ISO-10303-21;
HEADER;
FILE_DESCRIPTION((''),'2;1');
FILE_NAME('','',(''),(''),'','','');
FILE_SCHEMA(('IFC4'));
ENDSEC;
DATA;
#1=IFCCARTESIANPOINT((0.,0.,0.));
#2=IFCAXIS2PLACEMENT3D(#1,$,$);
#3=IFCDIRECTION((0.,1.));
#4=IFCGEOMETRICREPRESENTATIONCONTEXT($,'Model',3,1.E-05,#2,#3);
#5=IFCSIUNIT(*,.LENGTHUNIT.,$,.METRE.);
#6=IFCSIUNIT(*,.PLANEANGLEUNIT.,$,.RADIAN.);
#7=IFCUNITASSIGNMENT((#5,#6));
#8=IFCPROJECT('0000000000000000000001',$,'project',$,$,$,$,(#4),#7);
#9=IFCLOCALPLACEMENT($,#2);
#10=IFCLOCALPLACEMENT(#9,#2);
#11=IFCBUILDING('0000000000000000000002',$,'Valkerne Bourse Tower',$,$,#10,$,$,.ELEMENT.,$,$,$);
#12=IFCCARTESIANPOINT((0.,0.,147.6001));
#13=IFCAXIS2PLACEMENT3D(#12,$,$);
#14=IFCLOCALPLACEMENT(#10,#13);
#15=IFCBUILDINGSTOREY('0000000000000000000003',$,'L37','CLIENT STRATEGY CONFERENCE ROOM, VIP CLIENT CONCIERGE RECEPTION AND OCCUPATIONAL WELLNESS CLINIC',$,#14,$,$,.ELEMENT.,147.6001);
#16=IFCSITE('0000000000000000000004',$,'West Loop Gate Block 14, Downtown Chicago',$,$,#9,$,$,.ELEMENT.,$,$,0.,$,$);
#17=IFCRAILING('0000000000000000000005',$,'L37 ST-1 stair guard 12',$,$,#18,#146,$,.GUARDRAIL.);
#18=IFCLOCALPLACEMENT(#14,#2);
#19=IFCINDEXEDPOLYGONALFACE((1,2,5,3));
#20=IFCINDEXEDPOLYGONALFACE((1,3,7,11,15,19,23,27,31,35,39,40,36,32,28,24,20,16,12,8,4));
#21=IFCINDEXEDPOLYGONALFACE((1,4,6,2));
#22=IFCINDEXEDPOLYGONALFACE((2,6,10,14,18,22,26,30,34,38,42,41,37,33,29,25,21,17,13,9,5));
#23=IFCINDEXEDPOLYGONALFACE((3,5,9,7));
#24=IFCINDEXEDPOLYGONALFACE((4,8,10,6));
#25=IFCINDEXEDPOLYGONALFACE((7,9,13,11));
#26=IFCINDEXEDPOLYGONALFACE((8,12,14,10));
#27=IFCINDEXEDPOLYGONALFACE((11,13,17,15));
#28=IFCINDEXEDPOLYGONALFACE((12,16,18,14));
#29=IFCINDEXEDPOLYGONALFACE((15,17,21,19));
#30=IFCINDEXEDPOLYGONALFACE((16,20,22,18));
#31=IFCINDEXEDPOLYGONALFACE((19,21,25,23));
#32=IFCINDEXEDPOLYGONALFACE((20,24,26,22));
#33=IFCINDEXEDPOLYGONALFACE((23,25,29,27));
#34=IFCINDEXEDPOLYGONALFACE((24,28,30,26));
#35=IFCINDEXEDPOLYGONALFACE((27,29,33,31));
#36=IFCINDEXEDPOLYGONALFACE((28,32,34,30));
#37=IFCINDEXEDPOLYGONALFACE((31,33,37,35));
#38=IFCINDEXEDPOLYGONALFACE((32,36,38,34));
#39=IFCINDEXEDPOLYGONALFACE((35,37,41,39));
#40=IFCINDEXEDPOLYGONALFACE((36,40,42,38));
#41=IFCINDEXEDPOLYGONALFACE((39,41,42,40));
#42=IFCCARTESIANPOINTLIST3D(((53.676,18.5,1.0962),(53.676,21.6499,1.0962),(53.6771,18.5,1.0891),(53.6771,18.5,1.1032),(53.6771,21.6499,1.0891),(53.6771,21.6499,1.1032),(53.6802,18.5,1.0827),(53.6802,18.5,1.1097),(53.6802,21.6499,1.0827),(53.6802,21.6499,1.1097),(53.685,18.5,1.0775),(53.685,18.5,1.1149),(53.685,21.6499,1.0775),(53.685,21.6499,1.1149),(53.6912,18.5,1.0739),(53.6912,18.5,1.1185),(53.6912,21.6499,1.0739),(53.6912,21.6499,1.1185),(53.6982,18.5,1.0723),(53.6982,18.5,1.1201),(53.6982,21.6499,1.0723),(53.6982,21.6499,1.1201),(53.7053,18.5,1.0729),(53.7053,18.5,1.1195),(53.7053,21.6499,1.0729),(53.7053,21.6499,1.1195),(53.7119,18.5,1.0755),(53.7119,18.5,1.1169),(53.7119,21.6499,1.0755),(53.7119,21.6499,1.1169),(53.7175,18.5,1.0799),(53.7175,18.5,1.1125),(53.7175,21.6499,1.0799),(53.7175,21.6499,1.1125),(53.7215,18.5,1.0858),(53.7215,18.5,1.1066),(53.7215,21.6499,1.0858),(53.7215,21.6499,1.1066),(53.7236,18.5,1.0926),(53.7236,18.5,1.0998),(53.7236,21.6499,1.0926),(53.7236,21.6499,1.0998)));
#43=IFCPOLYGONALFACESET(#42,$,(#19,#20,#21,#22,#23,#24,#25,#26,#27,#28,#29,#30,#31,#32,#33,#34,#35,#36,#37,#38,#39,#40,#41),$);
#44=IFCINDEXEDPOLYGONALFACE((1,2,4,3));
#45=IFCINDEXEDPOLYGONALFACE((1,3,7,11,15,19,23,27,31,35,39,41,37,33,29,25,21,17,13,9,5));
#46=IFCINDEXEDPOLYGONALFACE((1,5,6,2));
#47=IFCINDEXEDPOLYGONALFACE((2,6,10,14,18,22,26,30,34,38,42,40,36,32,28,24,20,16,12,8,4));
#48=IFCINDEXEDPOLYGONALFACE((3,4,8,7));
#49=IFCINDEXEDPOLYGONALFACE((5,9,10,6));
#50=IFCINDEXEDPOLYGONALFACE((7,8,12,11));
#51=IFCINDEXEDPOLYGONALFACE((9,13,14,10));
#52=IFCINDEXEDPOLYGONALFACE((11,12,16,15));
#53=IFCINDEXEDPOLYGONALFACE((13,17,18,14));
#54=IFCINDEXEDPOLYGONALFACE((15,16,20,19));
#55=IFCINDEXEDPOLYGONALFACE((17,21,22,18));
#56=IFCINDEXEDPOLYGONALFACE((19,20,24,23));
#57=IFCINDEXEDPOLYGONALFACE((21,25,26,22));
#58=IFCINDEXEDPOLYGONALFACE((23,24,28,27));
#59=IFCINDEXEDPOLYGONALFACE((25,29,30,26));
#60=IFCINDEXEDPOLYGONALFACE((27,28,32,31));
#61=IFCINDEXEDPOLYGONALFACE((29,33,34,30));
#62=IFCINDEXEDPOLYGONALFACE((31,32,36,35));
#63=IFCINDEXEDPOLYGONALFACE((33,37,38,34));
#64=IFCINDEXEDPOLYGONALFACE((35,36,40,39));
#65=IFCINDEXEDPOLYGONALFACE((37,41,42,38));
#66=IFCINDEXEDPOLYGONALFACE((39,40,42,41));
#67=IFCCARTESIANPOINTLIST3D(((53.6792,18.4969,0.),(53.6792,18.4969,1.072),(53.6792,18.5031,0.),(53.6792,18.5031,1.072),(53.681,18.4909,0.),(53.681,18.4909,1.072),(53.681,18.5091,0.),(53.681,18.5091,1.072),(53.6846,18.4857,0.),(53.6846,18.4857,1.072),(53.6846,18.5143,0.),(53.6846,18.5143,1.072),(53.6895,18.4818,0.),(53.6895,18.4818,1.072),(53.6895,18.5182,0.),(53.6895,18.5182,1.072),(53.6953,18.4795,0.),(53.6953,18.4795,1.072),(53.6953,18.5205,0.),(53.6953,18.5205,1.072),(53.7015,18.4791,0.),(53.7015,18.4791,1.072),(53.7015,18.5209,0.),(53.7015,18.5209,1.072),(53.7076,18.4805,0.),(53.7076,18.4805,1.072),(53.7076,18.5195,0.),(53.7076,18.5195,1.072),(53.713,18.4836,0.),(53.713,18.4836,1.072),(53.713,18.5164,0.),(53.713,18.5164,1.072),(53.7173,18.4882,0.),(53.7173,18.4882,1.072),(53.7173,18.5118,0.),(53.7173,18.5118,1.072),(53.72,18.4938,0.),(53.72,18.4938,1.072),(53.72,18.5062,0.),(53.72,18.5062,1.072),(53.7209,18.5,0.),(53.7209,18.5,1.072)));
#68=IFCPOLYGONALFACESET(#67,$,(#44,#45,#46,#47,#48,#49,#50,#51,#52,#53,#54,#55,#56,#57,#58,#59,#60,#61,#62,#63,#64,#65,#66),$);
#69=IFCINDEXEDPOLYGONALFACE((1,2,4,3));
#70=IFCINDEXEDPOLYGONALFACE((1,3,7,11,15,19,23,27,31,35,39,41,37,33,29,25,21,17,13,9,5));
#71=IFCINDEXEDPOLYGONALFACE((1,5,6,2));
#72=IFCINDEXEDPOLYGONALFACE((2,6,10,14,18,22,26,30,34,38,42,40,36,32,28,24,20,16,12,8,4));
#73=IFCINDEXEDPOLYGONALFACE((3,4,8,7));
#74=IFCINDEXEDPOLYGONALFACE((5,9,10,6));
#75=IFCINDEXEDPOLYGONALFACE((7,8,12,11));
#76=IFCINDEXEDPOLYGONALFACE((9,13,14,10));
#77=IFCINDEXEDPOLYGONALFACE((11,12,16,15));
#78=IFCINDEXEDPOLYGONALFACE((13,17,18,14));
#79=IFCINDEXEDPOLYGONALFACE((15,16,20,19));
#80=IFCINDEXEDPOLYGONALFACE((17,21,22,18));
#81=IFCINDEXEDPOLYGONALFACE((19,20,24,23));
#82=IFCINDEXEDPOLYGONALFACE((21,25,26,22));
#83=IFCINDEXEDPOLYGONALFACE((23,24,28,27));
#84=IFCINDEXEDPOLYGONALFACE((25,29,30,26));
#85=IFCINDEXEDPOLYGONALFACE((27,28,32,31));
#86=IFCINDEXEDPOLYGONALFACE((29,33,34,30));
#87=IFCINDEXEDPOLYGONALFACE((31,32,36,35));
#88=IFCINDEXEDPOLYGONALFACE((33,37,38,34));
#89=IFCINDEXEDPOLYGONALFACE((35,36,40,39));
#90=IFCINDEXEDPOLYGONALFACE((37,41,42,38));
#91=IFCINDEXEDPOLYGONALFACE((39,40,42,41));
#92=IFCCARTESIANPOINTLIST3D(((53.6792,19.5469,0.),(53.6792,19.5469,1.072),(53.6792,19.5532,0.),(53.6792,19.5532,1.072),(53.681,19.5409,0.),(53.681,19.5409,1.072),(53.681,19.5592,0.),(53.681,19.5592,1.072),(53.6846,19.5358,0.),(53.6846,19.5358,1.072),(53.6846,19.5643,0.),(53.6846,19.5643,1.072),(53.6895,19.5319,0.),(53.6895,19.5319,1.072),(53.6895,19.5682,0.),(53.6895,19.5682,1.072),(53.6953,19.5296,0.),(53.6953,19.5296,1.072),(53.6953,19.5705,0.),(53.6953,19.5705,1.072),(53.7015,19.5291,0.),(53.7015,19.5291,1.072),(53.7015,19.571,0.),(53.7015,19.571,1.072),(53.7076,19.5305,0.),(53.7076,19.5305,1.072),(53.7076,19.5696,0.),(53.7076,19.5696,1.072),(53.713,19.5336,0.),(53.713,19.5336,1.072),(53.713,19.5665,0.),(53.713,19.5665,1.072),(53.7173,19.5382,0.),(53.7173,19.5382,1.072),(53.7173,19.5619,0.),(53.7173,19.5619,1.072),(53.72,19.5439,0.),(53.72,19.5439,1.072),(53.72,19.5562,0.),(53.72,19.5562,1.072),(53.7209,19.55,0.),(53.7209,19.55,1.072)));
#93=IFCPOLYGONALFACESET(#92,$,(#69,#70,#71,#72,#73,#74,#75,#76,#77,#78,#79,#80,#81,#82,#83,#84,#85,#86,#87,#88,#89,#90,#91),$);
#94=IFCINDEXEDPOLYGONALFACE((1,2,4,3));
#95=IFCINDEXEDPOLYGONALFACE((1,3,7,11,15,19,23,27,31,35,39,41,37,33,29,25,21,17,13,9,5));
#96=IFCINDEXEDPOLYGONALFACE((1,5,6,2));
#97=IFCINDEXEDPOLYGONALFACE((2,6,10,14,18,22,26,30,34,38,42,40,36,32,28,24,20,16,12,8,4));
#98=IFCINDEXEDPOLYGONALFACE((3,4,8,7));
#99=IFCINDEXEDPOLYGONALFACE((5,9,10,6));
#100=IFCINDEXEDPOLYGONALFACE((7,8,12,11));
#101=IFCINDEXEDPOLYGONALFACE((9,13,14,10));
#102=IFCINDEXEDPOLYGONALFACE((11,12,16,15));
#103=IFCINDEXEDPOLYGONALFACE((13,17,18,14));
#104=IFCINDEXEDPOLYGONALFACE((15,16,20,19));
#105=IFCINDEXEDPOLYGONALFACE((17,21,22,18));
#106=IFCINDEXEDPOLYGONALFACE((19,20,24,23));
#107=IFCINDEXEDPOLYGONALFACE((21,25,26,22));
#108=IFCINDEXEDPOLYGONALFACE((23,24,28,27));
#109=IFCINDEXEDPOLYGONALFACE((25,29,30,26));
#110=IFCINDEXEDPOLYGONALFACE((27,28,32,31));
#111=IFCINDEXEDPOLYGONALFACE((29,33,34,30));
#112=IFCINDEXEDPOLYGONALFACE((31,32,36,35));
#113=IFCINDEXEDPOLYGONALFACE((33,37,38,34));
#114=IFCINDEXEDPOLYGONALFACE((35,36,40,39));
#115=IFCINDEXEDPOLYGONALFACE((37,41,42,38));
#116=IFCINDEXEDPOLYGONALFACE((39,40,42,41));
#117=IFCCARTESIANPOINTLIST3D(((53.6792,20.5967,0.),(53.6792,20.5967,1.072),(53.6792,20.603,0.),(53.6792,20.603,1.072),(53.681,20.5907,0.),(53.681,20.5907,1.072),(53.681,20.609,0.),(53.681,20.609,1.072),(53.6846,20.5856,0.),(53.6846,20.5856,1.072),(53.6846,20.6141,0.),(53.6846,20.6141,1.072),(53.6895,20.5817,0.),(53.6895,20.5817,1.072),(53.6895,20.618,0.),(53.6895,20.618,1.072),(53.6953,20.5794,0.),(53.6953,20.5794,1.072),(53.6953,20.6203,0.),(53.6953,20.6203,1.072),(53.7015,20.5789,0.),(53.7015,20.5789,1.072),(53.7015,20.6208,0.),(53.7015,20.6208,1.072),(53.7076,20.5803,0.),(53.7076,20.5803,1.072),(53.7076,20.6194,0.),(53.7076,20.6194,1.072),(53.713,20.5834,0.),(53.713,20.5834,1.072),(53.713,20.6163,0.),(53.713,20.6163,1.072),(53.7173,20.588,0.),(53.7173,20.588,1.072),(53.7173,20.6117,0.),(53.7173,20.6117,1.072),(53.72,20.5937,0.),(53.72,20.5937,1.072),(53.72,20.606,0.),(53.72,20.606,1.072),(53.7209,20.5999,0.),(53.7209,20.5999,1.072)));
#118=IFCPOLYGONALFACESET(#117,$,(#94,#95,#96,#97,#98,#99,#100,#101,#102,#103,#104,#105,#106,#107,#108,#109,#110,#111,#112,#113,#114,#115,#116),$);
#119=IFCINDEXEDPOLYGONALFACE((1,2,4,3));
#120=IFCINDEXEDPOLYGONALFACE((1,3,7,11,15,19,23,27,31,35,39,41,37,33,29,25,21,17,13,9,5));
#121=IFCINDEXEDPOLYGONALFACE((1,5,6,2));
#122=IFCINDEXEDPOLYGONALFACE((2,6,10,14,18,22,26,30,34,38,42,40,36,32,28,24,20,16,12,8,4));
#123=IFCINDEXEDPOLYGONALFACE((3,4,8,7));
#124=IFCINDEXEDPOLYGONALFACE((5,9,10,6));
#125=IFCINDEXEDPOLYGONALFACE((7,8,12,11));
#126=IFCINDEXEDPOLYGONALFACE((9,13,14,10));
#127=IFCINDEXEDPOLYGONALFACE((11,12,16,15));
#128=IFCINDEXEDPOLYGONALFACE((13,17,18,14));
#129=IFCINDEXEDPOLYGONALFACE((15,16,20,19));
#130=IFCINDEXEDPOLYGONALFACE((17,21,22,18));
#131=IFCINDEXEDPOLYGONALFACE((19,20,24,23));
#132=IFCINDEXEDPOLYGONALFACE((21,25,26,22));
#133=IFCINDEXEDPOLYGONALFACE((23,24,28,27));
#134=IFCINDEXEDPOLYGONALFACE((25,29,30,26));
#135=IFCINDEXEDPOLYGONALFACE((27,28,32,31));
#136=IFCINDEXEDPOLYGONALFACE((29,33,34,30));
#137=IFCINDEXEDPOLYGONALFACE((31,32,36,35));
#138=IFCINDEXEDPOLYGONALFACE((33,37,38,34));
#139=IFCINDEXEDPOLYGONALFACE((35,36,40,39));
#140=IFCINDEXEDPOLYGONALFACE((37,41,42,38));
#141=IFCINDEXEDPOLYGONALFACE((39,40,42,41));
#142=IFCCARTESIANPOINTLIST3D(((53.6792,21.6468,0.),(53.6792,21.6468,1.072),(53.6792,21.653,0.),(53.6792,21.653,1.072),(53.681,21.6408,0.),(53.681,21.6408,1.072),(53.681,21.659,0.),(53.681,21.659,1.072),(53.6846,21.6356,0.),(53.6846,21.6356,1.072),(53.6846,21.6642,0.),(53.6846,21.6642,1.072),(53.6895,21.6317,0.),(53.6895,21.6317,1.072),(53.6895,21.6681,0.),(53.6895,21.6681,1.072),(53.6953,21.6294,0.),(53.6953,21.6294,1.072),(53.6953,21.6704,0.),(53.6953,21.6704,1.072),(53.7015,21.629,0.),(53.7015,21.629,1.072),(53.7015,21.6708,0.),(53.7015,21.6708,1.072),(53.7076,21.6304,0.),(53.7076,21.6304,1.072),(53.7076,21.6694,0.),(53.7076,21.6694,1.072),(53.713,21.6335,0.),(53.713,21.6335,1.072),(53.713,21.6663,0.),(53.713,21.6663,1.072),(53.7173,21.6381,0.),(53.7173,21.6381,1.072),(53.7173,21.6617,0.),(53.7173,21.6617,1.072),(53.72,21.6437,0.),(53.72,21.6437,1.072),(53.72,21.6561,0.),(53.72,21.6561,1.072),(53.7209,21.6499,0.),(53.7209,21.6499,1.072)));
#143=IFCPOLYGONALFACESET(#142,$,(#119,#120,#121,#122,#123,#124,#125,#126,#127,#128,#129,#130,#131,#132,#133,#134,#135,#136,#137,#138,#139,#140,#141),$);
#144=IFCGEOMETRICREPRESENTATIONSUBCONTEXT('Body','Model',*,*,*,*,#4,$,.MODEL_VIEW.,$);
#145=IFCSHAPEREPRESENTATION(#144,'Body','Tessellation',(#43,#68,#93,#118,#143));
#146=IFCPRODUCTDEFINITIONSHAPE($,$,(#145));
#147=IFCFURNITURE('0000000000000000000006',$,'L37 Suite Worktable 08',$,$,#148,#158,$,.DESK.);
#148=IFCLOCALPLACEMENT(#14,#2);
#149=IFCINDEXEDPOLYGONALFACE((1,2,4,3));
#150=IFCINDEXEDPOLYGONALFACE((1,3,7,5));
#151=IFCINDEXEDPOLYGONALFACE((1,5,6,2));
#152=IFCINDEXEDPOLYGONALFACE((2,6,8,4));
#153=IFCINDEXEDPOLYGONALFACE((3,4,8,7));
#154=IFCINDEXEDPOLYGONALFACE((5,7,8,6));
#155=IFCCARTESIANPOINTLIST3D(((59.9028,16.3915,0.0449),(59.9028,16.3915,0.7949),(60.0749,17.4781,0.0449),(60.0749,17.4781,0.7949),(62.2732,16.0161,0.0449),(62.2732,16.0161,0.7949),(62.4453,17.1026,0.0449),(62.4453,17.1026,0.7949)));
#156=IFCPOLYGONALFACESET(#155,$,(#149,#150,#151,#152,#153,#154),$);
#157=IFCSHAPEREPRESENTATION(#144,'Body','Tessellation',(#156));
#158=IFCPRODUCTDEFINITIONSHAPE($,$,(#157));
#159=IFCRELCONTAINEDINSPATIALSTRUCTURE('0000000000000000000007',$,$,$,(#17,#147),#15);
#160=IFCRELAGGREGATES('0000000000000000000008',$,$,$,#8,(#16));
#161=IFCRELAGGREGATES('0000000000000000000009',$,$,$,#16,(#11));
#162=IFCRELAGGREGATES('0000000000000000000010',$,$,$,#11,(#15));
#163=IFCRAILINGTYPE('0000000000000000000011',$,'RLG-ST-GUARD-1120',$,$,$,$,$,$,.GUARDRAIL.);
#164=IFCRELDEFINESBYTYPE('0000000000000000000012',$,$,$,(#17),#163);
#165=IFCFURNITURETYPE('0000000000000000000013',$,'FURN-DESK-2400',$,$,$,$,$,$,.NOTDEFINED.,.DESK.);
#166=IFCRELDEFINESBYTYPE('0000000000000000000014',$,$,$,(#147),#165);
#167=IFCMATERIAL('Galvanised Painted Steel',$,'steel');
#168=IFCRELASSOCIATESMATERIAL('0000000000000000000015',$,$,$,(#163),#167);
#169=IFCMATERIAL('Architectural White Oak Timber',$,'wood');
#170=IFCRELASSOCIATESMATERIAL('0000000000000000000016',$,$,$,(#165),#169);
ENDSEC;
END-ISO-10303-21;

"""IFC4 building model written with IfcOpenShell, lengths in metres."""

from ifc_helpers import new_model, si_unit, direction, frame, origin, origin_2d, place, context, subcontext, project, spatial, rectangle, circle, extrude, material, type_object, element, save


model = new_model("IFC4")

# Units and contexts
model_context = context("Model", 3, precision=1e-05, world=origin(), true_north=direction((0.0, 1.0)))
body_context = subcontext(model_context, "Body", "Model", "MODEL_VIEW")
ifc_project = project(units=[si_unit("LENGTHUNIT", "METRE"), si_unit("PLANEANGLEUNIT", "RADIAN")], contexts=[model_context])

# Site, building, storey
site_placement = place(None, origin())
site = spatial("IfcSite", under=ifc_project, at=site_placement, Name="West Loop Gate Block 14, Downtown Chicago", CompositionType="ELEMENT", RefElevation=0.0)
building_placement = place(site_placement, origin())
building = spatial("IfcBuilding", under=site, at=building_placement, Name="Valkerne Bourse Tower", CompositionType="ELEMENT")
storey_placement = place(building_placement, frame((0.0, 0.0, 147.6001)))
storey = spatial("IfcBuildingStorey", under=building, at=storey_placement, Name="L37", Description="CLIENT STRATEGY CONFERENCE ROOM, VIP CLIENT CONCIERGE RECEPTION AND OCCUPATIONAL WELLNESS CLINIC", CompositionType="ELEMENT", Elevation=147.6001)

# Shared definitions
ifc_material_1 = material(Name="Architectural White Oak Timber", Category="wood")

# Railing
ifc_material_2 = material(Name="Galvanised Painted Steel", Category="steel")
railing_type = type_object("IfcRailingType", Name="RLG-ST-GUARD-1120", PredefinedType="GUARDRAIL", material=ifc_material_2)
railing_1_placement = place(storey_placement, frame((53.7, 18.5, 0.0)))
element("IfcRailing", 1, at=railing_1_placement, inside=storey, type_object=railing_type, Name="L37 ST-1 stair guard 12", PredefinedType="GUARDRAIL", context=body_context, shape_type="SweptSolid", body=[
    extrude(circle(Radius=0.0239, at=origin_2d()), frame((0.0, 0.0, 1.0962), z_axis=(0.0, 1.0, 0.0), x_axis=(-1.0, 0.0, 0.0)), (0.0, 0.0, 1.0), 3.1499),
    extrude(circle(Radius=0.021, at=origin_2d()), origin(), (0.0, 0.0, 1.0), 1.072),
    extrude(circle(Radius=0.021, at=origin_2d()), frame((0.0, 1.05, 0.0)), (0.0, 0.0, 1.0), 1.072),
    extrude(circle(Radius=0.021, at=origin_2d()), frame((0.0, 2.0999, 0.0)), (0.0, 0.0, 1.0), 1.072),
    extrude(circle(Radius=0.021, at=origin_2d()), frame((0.0, 3.1499, 0.0)), (0.0, 0.0, 1.0), 1.072),
])

# Furniture
furniture_type = type_object("IfcFurnitureType", Name="FURN-DESK-2400", AssemblyPlace="NOTDEFINED", PredefinedType="DESK", material=ifc_material_1)
furniture_placement = place(storey_placement, frame((61.1741, 16.7471, 0.0449), z_axis=(0.0, 0.0, 1.0), x_axis=(-0.987688, 0.156434, 0.0)))
element("IfcFurniture", 2, at=furniture_placement, inside=storey, type_object=furniture_type, Name="L37 Suite Worktable 08", PredefinedType="DESK", context=body_context, shape_type="SweptSolid", body=[
    extrude(rectangle(XDim=2.3999, YDim=1.1001, at=origin_2d()), origin(), (0.0, 0.0, 1.0), 0.75),
])

save(model, "model.ifc")
